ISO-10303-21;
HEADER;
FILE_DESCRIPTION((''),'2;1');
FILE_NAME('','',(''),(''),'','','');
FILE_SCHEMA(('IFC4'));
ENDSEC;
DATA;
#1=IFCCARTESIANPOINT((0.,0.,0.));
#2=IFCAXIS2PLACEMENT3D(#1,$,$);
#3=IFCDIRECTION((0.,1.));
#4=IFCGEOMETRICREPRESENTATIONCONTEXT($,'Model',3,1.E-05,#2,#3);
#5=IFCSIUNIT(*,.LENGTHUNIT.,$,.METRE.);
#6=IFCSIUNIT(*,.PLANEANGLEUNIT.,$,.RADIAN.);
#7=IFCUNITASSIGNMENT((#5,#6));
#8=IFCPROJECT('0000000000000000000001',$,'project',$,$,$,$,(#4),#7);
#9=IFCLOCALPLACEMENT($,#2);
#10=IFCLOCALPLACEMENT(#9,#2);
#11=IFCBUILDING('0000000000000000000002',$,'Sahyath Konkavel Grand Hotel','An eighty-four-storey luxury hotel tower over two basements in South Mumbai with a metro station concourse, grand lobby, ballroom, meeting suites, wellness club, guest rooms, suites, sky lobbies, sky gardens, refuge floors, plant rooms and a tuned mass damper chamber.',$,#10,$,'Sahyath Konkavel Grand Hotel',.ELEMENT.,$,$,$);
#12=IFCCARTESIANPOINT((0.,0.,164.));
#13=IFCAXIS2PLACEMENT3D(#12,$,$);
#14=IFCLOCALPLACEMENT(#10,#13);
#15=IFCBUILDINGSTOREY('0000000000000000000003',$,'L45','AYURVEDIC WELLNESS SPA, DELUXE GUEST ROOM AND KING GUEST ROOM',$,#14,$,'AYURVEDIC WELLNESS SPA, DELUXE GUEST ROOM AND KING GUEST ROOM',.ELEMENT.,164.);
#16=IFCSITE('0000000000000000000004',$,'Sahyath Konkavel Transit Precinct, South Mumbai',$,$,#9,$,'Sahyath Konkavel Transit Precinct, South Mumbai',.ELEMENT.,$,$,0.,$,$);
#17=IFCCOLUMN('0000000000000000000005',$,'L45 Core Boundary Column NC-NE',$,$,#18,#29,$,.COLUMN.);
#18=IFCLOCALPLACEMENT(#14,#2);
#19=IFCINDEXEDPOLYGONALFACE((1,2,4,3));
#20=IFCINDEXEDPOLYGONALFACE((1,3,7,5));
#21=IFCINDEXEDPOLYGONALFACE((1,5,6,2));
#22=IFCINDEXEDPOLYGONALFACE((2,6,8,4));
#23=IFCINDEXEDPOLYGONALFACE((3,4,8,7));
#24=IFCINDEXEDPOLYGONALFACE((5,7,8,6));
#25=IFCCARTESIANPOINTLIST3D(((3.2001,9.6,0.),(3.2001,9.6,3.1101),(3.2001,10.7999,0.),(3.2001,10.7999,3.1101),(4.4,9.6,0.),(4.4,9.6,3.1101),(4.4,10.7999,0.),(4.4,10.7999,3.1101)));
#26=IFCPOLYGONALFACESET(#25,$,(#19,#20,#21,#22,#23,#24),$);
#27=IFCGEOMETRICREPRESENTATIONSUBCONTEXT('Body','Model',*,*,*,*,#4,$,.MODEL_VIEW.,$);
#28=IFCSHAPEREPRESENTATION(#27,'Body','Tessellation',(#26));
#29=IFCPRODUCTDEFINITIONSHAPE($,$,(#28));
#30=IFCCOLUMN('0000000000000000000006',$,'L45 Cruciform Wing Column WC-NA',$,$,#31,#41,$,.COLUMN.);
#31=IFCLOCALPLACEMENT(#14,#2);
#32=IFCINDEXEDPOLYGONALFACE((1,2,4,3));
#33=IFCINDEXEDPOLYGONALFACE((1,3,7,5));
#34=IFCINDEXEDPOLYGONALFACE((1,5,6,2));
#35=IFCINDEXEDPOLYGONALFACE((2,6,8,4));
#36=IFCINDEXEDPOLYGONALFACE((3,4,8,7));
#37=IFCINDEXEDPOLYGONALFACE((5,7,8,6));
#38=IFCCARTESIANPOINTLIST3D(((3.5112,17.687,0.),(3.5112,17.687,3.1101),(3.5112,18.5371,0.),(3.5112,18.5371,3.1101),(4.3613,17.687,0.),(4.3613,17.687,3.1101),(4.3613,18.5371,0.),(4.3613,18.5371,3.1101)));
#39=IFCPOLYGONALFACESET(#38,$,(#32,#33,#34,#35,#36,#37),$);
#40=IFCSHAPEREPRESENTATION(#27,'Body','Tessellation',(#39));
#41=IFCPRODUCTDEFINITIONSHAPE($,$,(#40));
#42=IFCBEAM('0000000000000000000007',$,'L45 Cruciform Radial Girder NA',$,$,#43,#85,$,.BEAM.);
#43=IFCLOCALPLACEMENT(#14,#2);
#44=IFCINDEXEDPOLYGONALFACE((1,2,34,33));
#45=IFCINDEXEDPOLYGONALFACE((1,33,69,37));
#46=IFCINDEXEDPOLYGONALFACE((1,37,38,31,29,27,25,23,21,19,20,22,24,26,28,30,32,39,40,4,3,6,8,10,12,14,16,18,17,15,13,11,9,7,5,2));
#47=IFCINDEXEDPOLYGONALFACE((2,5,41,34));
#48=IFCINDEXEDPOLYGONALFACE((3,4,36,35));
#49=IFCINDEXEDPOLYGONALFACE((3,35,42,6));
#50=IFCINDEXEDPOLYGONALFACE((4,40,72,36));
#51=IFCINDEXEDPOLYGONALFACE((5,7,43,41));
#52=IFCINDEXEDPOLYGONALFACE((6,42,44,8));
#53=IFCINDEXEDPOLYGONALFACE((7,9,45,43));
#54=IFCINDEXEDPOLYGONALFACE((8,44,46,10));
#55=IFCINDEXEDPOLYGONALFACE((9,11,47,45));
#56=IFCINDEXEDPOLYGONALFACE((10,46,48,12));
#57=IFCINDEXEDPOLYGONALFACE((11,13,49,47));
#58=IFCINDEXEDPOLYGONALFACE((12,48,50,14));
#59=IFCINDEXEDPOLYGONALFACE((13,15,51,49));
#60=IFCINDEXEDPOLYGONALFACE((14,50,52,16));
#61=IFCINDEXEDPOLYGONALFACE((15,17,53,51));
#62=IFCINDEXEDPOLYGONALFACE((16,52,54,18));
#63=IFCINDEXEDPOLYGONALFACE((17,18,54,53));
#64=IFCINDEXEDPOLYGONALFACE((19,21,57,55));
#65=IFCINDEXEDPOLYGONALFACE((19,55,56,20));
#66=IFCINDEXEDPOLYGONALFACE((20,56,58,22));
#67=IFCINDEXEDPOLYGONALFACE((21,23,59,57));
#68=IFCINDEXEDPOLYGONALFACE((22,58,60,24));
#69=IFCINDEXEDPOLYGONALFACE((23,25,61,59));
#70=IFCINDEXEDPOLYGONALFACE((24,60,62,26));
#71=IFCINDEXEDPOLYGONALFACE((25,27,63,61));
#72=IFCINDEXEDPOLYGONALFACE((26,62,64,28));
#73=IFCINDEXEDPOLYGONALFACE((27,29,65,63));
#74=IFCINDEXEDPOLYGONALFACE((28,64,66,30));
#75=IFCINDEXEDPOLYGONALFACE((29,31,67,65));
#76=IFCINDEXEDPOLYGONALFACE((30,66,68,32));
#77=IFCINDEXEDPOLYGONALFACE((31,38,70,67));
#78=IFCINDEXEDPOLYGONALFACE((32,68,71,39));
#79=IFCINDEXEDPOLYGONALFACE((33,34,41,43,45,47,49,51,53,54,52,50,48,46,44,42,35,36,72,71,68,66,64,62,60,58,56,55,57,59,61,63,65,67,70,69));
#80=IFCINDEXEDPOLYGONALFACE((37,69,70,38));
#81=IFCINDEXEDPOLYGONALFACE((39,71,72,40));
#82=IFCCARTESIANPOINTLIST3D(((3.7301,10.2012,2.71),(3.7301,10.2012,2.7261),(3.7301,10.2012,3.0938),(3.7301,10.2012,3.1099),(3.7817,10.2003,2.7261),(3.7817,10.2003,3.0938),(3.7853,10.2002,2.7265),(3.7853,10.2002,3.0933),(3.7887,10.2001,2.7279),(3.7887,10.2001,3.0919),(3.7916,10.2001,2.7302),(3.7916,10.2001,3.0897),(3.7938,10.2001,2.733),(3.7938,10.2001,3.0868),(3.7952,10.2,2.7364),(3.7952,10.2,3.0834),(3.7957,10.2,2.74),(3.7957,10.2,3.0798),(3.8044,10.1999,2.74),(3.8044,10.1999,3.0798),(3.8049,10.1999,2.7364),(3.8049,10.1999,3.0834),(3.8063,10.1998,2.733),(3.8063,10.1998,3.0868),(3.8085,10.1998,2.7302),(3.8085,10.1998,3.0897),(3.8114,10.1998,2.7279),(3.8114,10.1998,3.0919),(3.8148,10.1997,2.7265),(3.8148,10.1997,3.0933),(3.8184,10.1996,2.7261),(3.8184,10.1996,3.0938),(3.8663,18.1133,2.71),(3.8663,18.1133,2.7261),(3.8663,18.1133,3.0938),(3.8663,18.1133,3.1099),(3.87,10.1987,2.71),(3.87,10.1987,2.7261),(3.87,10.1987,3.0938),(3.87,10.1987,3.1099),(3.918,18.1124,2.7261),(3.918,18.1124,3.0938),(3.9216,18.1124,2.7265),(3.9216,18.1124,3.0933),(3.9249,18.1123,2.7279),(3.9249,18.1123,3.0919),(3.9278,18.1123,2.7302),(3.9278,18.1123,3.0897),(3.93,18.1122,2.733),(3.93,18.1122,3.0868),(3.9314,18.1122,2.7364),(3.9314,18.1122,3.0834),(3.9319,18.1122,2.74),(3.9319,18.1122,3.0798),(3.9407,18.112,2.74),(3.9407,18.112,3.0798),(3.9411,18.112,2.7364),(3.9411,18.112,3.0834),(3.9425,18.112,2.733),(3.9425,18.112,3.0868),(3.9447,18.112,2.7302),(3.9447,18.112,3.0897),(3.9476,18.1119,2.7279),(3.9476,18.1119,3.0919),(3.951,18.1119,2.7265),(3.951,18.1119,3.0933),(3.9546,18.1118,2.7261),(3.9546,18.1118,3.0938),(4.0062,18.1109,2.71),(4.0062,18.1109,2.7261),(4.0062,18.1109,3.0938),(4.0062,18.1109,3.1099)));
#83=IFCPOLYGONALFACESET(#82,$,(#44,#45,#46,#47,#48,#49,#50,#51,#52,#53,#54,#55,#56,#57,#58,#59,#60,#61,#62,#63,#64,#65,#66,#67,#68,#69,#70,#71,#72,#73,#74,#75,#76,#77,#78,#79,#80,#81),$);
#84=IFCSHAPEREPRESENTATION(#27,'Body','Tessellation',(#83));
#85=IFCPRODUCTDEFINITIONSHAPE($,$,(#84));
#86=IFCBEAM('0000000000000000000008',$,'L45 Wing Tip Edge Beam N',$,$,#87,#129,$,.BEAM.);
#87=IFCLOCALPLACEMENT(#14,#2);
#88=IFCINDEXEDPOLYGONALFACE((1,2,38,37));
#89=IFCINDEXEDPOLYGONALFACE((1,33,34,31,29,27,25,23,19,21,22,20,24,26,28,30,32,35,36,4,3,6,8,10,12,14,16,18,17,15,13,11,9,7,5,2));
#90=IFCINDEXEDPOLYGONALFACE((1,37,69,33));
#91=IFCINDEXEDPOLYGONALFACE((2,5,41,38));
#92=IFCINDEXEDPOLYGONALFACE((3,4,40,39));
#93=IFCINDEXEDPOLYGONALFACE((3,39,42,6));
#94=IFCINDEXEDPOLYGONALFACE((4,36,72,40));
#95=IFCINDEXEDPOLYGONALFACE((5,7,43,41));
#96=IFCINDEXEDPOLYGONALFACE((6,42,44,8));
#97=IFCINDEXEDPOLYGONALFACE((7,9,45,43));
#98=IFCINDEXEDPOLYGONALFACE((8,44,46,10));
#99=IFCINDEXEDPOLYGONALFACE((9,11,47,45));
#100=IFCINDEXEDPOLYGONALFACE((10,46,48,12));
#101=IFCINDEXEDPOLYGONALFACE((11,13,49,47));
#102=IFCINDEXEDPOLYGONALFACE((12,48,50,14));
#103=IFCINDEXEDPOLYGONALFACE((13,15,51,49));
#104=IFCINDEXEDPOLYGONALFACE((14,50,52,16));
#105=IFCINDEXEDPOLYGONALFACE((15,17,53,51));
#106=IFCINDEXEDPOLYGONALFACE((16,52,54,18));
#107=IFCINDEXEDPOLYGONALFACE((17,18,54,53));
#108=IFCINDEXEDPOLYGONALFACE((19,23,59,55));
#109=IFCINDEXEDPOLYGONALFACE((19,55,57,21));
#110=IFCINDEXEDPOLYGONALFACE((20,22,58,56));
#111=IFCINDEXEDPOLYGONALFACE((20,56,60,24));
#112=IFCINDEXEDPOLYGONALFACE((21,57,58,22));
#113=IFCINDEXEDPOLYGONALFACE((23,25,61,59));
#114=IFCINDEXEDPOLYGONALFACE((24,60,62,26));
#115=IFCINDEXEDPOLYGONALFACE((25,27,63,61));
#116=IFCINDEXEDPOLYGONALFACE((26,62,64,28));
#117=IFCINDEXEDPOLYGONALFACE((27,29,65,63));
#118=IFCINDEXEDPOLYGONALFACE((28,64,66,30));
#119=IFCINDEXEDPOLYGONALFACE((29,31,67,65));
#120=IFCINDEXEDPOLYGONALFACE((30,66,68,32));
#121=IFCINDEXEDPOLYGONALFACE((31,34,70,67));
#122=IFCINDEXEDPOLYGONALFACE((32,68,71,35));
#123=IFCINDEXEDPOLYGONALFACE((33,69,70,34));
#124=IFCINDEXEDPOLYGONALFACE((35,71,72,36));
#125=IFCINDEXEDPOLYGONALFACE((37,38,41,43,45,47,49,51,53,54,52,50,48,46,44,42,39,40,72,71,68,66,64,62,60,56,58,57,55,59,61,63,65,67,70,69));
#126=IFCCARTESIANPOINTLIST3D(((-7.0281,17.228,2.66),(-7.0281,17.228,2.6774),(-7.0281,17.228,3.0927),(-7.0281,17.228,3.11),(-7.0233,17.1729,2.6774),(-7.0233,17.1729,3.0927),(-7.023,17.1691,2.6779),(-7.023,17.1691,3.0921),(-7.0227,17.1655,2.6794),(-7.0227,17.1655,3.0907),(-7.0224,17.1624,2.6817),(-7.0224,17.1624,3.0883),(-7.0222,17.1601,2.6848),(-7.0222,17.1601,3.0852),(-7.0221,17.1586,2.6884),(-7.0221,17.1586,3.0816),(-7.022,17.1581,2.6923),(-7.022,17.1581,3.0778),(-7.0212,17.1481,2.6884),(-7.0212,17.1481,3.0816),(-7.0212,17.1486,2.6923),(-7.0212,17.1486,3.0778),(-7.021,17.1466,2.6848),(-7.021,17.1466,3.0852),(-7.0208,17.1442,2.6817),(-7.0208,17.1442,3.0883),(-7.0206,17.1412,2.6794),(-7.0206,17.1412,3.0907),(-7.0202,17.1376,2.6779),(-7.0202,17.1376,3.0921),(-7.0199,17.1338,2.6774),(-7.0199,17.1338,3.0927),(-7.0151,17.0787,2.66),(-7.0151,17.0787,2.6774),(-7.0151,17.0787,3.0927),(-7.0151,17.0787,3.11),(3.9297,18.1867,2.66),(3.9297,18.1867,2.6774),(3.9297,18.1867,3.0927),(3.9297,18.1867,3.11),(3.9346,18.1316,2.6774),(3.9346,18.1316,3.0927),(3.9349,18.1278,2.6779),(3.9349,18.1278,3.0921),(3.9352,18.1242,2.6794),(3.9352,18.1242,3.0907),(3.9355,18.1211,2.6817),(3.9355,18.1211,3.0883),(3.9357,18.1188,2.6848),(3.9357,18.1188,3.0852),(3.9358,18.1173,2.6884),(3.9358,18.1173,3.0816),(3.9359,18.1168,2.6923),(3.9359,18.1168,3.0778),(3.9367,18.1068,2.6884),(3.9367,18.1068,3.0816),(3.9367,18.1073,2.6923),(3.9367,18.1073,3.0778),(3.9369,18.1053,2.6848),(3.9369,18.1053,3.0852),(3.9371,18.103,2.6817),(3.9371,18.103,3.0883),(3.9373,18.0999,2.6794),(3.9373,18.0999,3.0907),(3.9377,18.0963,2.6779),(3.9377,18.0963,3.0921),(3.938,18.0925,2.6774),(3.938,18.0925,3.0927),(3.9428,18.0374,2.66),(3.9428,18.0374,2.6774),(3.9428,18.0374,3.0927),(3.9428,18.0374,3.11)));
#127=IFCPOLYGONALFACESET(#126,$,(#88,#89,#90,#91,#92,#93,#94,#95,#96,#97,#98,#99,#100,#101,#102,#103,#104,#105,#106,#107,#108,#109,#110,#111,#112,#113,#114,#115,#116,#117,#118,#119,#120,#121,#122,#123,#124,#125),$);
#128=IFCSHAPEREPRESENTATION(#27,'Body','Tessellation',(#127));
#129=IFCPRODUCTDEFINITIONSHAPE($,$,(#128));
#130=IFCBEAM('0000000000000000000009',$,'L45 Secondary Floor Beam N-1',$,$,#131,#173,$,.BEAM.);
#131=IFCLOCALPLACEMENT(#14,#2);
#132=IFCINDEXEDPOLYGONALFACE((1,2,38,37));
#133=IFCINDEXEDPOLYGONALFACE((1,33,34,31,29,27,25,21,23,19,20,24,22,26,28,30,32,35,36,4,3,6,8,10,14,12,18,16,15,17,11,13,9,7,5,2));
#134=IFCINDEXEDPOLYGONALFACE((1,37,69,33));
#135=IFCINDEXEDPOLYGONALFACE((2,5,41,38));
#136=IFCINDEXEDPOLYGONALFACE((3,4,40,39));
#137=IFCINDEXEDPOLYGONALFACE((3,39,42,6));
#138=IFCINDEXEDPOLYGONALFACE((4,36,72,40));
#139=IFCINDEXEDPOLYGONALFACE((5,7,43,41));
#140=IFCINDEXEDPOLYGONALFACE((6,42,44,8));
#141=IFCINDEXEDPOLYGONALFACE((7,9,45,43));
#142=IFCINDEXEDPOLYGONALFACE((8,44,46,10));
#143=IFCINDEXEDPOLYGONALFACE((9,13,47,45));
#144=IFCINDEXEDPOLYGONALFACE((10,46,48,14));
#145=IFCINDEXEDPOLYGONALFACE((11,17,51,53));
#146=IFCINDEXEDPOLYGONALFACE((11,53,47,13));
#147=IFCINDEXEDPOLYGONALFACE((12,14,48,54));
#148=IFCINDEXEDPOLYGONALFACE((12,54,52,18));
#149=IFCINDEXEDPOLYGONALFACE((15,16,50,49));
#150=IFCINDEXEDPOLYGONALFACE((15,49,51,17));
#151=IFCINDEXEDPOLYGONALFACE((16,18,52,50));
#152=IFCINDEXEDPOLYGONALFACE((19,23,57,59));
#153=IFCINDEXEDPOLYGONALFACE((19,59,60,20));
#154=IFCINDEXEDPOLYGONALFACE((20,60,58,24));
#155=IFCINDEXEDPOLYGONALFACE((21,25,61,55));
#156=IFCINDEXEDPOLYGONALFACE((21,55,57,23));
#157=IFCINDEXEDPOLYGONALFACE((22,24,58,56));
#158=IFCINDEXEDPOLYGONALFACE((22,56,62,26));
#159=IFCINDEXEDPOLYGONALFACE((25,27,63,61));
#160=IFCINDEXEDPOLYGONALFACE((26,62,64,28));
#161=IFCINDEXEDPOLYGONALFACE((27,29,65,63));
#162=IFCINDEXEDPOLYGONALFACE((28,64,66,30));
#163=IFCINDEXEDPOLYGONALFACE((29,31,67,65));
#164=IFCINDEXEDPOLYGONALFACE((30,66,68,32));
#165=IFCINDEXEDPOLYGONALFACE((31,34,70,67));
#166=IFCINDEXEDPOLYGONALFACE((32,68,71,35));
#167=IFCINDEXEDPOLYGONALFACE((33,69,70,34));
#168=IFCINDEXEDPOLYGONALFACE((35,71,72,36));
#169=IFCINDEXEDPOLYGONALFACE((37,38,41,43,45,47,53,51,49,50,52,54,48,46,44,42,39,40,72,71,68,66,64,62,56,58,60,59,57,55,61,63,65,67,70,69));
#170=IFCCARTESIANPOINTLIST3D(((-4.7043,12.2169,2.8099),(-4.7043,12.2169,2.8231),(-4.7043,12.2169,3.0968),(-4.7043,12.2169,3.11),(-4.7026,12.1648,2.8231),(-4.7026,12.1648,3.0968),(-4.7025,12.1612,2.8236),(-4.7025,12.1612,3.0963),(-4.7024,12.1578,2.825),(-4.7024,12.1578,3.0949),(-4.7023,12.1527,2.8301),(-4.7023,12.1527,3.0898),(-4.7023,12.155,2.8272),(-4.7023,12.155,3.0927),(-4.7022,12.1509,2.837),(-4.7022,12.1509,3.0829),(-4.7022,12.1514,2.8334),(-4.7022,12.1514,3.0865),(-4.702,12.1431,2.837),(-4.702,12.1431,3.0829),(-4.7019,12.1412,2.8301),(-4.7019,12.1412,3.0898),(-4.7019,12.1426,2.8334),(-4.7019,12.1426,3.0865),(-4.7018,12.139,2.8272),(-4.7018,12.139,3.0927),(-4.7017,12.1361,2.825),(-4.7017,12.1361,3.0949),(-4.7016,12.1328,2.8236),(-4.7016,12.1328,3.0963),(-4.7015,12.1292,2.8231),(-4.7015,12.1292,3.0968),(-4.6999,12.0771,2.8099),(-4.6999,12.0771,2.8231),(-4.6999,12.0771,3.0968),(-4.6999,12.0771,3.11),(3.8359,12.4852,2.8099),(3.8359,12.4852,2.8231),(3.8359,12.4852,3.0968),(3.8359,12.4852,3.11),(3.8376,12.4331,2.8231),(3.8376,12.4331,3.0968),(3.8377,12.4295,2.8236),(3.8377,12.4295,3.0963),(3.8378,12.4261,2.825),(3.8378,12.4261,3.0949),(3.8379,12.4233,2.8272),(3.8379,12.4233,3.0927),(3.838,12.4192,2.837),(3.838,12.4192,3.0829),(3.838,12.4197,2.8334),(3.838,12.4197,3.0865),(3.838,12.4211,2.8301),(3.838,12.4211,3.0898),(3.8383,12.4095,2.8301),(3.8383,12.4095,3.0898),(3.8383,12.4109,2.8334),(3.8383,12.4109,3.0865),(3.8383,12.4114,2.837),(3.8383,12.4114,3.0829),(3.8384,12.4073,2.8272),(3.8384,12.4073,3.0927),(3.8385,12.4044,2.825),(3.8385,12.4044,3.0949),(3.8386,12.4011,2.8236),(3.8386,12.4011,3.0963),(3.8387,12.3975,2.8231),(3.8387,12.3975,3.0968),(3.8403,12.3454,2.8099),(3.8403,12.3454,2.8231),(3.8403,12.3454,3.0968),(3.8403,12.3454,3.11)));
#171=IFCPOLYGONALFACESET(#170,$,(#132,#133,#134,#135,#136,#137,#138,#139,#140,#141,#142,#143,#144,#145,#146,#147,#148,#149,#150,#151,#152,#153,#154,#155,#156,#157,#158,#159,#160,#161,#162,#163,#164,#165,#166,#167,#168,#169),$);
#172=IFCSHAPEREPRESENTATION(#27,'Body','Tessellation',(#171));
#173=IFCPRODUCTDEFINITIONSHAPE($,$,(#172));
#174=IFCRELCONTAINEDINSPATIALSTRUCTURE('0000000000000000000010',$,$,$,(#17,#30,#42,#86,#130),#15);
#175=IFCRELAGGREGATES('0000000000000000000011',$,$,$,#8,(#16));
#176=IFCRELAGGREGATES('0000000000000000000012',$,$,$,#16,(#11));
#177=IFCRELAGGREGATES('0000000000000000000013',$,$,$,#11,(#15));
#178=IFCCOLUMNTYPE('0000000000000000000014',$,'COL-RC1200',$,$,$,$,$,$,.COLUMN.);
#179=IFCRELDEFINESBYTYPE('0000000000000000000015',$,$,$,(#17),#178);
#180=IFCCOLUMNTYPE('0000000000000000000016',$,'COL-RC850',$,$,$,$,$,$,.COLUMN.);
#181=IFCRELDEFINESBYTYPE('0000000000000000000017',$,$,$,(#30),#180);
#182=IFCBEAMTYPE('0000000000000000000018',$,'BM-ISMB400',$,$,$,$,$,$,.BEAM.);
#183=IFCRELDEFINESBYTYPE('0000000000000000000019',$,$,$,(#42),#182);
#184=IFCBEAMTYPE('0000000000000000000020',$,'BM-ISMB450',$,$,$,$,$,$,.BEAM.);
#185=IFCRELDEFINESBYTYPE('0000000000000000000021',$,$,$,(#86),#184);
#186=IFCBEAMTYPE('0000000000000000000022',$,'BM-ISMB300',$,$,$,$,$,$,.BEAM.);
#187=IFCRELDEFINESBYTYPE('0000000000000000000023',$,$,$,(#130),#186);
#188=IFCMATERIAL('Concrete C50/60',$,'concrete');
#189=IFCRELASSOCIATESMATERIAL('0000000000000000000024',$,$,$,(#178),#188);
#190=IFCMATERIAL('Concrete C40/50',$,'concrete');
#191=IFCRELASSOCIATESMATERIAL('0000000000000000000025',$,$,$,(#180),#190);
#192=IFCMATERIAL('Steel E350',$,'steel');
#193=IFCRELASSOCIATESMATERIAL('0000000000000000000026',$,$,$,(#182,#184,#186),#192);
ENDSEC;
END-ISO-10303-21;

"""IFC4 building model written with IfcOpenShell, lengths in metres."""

from ifc_helpers import new_model, si_unit, direction, frame, origin, origin_2d, place, context, subcontext, project, spatial, rectangle, i_section, extrude, source, transform, mapped, material, material_profile, profile_set, type_object, element, save


model = new_model("IFC4")

# Units and contexts
model_context = context("Model", 3, precision=1e-05, world=origin(), true_north=direction((0.0, 1.0)))
body_context = subcontext(model_context, "Body", "Model", "MODEL_VIEW")
ifc_project = project(units=[si_unit("LENGTHUNIT", "METRE"), si_unit("PLANEANGLEUNIT", "RADIAN")], contexts=[model_context])

# Site, building, storey
site_placement = place(None, origin())
site = spatial("IfcSite", under=ifc_project, at=site_placement, Name="Sahyath Konkavel Transit Precinct, South Mumbai", LongName="Sahyath Konkavel Transit Precinct, South Mumbai", CompositionType="ELEMENT", RefElevation=0.0)
building_placement = place(site_placement, origin())
building = spatial("IfcBuilding", under=site, at=building_placement, Name="Sahyath Konkavel Grand Hotel", Description="An eighty-four-storey luxury hotel tower over two basements in South Mumbai with a metro station concourse, grand lobby, ballroom, meeting suites, wellness club, guest rooms, suites, sky lobbies, sky gardens, refuge floors, plant rooms and a tuned mass damper chamber.", LongName="Sahyath Konkavel Grand Hotel", CompositionType="ELEMENT")
storey_placement = place(building_placement, frame((0.0, 0.0, 164.0)))
storey = spatial("IfcBuildingStorey", under=building, at=storey_placement, Name="L45", Description="AYURVEDIC WELLNESS SPA, DELUXE GUEST ROOM AND KING GUEST ROOM", LongName="AYURVEDIC WELLNESS SPA, DELUXE GUEST ROOM AND KING GUEST ROOM", CompositionType="ELEMENT", Elevation=164.0)

# Columns
ifc_material_1 = material(Name="Concrete C50/60", Category="concrete")
ifc_material_profile_1 = material_profile(ifc_material_1, rectangle(XDim=1.2, YDim=1.2, at=origin_2d()), Name="RC 1200x1200")
ifc_profile_set_1 = profile_set([ifc_material_profile_1], Name="Concrete C50/60")
column_type_1 = type_object("IfcColumnType", Name="COL-RC1200", PredefinedType="COLUMN", material=ifc_profile_set_1)
shared_shape_1 = source(origin(), body_context, "Body", "SweptSolid", [
    extrude(rectangle(XDim=1.2, YDim=1.2, at=origin_2d()), origin(), (0.0, 0.0, 1.0), 3.1101),
])
column_1_placement = place(storey_placement, frame((3.8, 10.2, 0.0), z_axis=(0.0, 0.0, 1.0), x_axis=(1.0, 0.0, 0.0)))
element("IfcColumn", 1, at=column_1_placement, inside=storey, type_object=column_type_1, Name="L45 Core Boundary Column NC-NE", PredefinedType="COLUMN", context=body_context, shape_type="MappedRepresentation", body=[
    mapped(shared_shape_1, transform((0.0, 0.0, 0.0), scale=1.0)),
])
ifc_material_2 = material(Name="Concrete C40/50", Category="concrete")
ifc_material_profile_2 = material_profile(ifc_material_2, rectangle(XDim=0.8501, YDim=0.8501, at=origin_2d()), Name="RC 850x850")
ifc_profile_set_2 = profile_set([ifc_material_profile_2], Name="Concrete C40/50")
column_type_2 = type_object("IfcColumnType", Name="COL-RC850", PredefinedType="COLUMN", material=ifc_profile_set_2)
shared_shape_2 = source(origin(), body_context, "Body", "SweptSolid", [
    extrude(rectangle(XDim=0.8501, YDim=0.8501, at=origin_2d()), origin(), (0.0, 0.0, 1.0), 3.1101),
])
column_2_placement = place(storey_placement, frame((3.9363, 18.1121, 0.0), z_axis=(0.0, 0.0, 1.0), x_axis=(1.0, 0.0, 0.0)))
element("IfcColumn", 2, at=column_2_placement, inside=storey, type_object=column_type_2, Name="L45 Cruciform Wing Column WC-NA", PredefinedType="COLUMN", context=body_context, shape_type="MappedRepresentation", body=[
    mapped(shared_shape_2, transform((0.0, 0.0, 0.0), scale=1.0)),
])

# Beams
ifc_material_3 = material(Name="Steel E350", Category="steel")
ifc_material_profile_3 = material_profile(ifc_material_3, i_section(OverallWidth=0.1399, OverallDepth=0.3999, WebThickness=0.0088, FlangeThickness=0.0161, FilletRadius=0.0139, at=origin_2d()), Name="ISMB 400")
ifc_profile_set_3 = profile_set([ifc_material_profile_3], Name="Steel E350")
beam_type_1 = type_object("IfcBeamType", Name="BM-ISMB400", PredefinedType="BEAM", material=ifc_profile_set_3)
shared_shape_3 = source(origin(), body_context, "Body", "SweptSolid", [
    extrude(i_section(OverallWidth=0.1399, OverallDepth=0.3999, WebThickness=0.0088, FlangeThickness=0.0161, FilletRadius=0.0139, at=origin_2d()), origin(), (0.0, 0.0, 1.0), 7.9133),
])
beam_1_placement = place(storey_placement, frame((3.8, 10.2, 2.9099), z_axis=(0.017215, 0.999852, 0.0), x_axis=(-0.999852, 0.017215, 0.0)))
element("IfcBeam", 3, at=beam_1_placement, inside=storey, type_object=beam_type_1, Name="L45 Cruciform Radial Girder NA", PredefinedType="BEAM", context=body_context, shape_type="MappedRepresentation", body=[
    mapped(shared_shape_3, transform((0.0, 0.0, 0.0), scale=1.0)),
])
ifc_material_profile_4 = material_profile(ifc_material_3, i_section(OverallWidth=0.1499, OverallDepth=0.45, WebThickness=0.0095, FlangeThickness=0.0173, FilletRadius=0.0149, at=origin_2d()), Name="ISMB 450")
ifc_profile_set_4 = profile_set([ifc_material_profile_4], Name="Steel E350")
beam_type_2 = type_object("IfcBeamType", Name="BM-ISMB450", PredefinedType="BEAM", material=ifc_profile_set_4)
shared_shape_4 = source(origin(), body_context, "Body", "SweptSolid", [
    extrude(i_section(OverallWidth=0.1499, OverallDepth=0.45, WebThickness=0.0095, FlangeThickness=0.0173, FilletRadius=0.0149, at=origin_2d()), origin(), (0.0, 0.0, 1.0), 10.9998),
])
beam_2_placement = place(storey_placement, frame((3.9363, 18.1121, 2.885), z_axis=(-0.996194, -0.087159, 0.0), x_axis=(0.087159, -0.996194, 0.0)))
element("IfcBeam", 4, at=beam_2_placement, inside=storey, type_object=beam_type_2, Name="L45 Wing Tip Edge Beam N", PredefinedType="BEAM", context=body_context, shape_type="MappedRepresentation", body=[
    mapped(shared_shape_4, transform((0.0, 0.0, 0.0), scale=1.0)),
])
ifc_material_profile_5 = material_profile(ifc_material_3, i_section(OverallWidth=0.1399, OverallDepth=0.3, WebThickness=0.0078, FlangeThickness=0.0132, FilletRadius=0.0139, at=origin_2d()), Name="ISMB 300")
ifc_profile_set_5 = profile_set([ifc_material_profile_5], Name="Steel E350")
beam_type_3 = type_object("IfcBeamType", Name="BM-ISMB300", PredefinedType="BEAM", material=ifc_profile_set_5)
shared_shape_5 = source(origin(), body_context, "Body", "SweptSolid", [
    extrude(i_section(OverallWidth=0.1399, OverallDepth=0.3, WebThickness=0.0078, FlangeThickness=0.0132, FilletRadius=0.0139, at=origin_2d()), origin(), (0.0, 0.0, 1.0), 8.5444),
])
beam_3_placement = place(storey_placement, frame((3.8381, 12.4153, 2.96), z_axis=(-0.999507, -0.031402, 0.0), x_axis=(0.031402, -0.999507, 0.0)))
element("IfcBeam", 5, at=beam_3_placement, inside=storey, type_object=beam_type_3, Name="L45 Secondary Floor Beam N-1", PredefinedType="BEAM", context=body_context, shape_type="MappedRepresentation", body=[
    mapped(shared_shape_5, transform((0.0, 0.0, 0.0), scale=1.0)),
])

save(model, "model.ifc")
